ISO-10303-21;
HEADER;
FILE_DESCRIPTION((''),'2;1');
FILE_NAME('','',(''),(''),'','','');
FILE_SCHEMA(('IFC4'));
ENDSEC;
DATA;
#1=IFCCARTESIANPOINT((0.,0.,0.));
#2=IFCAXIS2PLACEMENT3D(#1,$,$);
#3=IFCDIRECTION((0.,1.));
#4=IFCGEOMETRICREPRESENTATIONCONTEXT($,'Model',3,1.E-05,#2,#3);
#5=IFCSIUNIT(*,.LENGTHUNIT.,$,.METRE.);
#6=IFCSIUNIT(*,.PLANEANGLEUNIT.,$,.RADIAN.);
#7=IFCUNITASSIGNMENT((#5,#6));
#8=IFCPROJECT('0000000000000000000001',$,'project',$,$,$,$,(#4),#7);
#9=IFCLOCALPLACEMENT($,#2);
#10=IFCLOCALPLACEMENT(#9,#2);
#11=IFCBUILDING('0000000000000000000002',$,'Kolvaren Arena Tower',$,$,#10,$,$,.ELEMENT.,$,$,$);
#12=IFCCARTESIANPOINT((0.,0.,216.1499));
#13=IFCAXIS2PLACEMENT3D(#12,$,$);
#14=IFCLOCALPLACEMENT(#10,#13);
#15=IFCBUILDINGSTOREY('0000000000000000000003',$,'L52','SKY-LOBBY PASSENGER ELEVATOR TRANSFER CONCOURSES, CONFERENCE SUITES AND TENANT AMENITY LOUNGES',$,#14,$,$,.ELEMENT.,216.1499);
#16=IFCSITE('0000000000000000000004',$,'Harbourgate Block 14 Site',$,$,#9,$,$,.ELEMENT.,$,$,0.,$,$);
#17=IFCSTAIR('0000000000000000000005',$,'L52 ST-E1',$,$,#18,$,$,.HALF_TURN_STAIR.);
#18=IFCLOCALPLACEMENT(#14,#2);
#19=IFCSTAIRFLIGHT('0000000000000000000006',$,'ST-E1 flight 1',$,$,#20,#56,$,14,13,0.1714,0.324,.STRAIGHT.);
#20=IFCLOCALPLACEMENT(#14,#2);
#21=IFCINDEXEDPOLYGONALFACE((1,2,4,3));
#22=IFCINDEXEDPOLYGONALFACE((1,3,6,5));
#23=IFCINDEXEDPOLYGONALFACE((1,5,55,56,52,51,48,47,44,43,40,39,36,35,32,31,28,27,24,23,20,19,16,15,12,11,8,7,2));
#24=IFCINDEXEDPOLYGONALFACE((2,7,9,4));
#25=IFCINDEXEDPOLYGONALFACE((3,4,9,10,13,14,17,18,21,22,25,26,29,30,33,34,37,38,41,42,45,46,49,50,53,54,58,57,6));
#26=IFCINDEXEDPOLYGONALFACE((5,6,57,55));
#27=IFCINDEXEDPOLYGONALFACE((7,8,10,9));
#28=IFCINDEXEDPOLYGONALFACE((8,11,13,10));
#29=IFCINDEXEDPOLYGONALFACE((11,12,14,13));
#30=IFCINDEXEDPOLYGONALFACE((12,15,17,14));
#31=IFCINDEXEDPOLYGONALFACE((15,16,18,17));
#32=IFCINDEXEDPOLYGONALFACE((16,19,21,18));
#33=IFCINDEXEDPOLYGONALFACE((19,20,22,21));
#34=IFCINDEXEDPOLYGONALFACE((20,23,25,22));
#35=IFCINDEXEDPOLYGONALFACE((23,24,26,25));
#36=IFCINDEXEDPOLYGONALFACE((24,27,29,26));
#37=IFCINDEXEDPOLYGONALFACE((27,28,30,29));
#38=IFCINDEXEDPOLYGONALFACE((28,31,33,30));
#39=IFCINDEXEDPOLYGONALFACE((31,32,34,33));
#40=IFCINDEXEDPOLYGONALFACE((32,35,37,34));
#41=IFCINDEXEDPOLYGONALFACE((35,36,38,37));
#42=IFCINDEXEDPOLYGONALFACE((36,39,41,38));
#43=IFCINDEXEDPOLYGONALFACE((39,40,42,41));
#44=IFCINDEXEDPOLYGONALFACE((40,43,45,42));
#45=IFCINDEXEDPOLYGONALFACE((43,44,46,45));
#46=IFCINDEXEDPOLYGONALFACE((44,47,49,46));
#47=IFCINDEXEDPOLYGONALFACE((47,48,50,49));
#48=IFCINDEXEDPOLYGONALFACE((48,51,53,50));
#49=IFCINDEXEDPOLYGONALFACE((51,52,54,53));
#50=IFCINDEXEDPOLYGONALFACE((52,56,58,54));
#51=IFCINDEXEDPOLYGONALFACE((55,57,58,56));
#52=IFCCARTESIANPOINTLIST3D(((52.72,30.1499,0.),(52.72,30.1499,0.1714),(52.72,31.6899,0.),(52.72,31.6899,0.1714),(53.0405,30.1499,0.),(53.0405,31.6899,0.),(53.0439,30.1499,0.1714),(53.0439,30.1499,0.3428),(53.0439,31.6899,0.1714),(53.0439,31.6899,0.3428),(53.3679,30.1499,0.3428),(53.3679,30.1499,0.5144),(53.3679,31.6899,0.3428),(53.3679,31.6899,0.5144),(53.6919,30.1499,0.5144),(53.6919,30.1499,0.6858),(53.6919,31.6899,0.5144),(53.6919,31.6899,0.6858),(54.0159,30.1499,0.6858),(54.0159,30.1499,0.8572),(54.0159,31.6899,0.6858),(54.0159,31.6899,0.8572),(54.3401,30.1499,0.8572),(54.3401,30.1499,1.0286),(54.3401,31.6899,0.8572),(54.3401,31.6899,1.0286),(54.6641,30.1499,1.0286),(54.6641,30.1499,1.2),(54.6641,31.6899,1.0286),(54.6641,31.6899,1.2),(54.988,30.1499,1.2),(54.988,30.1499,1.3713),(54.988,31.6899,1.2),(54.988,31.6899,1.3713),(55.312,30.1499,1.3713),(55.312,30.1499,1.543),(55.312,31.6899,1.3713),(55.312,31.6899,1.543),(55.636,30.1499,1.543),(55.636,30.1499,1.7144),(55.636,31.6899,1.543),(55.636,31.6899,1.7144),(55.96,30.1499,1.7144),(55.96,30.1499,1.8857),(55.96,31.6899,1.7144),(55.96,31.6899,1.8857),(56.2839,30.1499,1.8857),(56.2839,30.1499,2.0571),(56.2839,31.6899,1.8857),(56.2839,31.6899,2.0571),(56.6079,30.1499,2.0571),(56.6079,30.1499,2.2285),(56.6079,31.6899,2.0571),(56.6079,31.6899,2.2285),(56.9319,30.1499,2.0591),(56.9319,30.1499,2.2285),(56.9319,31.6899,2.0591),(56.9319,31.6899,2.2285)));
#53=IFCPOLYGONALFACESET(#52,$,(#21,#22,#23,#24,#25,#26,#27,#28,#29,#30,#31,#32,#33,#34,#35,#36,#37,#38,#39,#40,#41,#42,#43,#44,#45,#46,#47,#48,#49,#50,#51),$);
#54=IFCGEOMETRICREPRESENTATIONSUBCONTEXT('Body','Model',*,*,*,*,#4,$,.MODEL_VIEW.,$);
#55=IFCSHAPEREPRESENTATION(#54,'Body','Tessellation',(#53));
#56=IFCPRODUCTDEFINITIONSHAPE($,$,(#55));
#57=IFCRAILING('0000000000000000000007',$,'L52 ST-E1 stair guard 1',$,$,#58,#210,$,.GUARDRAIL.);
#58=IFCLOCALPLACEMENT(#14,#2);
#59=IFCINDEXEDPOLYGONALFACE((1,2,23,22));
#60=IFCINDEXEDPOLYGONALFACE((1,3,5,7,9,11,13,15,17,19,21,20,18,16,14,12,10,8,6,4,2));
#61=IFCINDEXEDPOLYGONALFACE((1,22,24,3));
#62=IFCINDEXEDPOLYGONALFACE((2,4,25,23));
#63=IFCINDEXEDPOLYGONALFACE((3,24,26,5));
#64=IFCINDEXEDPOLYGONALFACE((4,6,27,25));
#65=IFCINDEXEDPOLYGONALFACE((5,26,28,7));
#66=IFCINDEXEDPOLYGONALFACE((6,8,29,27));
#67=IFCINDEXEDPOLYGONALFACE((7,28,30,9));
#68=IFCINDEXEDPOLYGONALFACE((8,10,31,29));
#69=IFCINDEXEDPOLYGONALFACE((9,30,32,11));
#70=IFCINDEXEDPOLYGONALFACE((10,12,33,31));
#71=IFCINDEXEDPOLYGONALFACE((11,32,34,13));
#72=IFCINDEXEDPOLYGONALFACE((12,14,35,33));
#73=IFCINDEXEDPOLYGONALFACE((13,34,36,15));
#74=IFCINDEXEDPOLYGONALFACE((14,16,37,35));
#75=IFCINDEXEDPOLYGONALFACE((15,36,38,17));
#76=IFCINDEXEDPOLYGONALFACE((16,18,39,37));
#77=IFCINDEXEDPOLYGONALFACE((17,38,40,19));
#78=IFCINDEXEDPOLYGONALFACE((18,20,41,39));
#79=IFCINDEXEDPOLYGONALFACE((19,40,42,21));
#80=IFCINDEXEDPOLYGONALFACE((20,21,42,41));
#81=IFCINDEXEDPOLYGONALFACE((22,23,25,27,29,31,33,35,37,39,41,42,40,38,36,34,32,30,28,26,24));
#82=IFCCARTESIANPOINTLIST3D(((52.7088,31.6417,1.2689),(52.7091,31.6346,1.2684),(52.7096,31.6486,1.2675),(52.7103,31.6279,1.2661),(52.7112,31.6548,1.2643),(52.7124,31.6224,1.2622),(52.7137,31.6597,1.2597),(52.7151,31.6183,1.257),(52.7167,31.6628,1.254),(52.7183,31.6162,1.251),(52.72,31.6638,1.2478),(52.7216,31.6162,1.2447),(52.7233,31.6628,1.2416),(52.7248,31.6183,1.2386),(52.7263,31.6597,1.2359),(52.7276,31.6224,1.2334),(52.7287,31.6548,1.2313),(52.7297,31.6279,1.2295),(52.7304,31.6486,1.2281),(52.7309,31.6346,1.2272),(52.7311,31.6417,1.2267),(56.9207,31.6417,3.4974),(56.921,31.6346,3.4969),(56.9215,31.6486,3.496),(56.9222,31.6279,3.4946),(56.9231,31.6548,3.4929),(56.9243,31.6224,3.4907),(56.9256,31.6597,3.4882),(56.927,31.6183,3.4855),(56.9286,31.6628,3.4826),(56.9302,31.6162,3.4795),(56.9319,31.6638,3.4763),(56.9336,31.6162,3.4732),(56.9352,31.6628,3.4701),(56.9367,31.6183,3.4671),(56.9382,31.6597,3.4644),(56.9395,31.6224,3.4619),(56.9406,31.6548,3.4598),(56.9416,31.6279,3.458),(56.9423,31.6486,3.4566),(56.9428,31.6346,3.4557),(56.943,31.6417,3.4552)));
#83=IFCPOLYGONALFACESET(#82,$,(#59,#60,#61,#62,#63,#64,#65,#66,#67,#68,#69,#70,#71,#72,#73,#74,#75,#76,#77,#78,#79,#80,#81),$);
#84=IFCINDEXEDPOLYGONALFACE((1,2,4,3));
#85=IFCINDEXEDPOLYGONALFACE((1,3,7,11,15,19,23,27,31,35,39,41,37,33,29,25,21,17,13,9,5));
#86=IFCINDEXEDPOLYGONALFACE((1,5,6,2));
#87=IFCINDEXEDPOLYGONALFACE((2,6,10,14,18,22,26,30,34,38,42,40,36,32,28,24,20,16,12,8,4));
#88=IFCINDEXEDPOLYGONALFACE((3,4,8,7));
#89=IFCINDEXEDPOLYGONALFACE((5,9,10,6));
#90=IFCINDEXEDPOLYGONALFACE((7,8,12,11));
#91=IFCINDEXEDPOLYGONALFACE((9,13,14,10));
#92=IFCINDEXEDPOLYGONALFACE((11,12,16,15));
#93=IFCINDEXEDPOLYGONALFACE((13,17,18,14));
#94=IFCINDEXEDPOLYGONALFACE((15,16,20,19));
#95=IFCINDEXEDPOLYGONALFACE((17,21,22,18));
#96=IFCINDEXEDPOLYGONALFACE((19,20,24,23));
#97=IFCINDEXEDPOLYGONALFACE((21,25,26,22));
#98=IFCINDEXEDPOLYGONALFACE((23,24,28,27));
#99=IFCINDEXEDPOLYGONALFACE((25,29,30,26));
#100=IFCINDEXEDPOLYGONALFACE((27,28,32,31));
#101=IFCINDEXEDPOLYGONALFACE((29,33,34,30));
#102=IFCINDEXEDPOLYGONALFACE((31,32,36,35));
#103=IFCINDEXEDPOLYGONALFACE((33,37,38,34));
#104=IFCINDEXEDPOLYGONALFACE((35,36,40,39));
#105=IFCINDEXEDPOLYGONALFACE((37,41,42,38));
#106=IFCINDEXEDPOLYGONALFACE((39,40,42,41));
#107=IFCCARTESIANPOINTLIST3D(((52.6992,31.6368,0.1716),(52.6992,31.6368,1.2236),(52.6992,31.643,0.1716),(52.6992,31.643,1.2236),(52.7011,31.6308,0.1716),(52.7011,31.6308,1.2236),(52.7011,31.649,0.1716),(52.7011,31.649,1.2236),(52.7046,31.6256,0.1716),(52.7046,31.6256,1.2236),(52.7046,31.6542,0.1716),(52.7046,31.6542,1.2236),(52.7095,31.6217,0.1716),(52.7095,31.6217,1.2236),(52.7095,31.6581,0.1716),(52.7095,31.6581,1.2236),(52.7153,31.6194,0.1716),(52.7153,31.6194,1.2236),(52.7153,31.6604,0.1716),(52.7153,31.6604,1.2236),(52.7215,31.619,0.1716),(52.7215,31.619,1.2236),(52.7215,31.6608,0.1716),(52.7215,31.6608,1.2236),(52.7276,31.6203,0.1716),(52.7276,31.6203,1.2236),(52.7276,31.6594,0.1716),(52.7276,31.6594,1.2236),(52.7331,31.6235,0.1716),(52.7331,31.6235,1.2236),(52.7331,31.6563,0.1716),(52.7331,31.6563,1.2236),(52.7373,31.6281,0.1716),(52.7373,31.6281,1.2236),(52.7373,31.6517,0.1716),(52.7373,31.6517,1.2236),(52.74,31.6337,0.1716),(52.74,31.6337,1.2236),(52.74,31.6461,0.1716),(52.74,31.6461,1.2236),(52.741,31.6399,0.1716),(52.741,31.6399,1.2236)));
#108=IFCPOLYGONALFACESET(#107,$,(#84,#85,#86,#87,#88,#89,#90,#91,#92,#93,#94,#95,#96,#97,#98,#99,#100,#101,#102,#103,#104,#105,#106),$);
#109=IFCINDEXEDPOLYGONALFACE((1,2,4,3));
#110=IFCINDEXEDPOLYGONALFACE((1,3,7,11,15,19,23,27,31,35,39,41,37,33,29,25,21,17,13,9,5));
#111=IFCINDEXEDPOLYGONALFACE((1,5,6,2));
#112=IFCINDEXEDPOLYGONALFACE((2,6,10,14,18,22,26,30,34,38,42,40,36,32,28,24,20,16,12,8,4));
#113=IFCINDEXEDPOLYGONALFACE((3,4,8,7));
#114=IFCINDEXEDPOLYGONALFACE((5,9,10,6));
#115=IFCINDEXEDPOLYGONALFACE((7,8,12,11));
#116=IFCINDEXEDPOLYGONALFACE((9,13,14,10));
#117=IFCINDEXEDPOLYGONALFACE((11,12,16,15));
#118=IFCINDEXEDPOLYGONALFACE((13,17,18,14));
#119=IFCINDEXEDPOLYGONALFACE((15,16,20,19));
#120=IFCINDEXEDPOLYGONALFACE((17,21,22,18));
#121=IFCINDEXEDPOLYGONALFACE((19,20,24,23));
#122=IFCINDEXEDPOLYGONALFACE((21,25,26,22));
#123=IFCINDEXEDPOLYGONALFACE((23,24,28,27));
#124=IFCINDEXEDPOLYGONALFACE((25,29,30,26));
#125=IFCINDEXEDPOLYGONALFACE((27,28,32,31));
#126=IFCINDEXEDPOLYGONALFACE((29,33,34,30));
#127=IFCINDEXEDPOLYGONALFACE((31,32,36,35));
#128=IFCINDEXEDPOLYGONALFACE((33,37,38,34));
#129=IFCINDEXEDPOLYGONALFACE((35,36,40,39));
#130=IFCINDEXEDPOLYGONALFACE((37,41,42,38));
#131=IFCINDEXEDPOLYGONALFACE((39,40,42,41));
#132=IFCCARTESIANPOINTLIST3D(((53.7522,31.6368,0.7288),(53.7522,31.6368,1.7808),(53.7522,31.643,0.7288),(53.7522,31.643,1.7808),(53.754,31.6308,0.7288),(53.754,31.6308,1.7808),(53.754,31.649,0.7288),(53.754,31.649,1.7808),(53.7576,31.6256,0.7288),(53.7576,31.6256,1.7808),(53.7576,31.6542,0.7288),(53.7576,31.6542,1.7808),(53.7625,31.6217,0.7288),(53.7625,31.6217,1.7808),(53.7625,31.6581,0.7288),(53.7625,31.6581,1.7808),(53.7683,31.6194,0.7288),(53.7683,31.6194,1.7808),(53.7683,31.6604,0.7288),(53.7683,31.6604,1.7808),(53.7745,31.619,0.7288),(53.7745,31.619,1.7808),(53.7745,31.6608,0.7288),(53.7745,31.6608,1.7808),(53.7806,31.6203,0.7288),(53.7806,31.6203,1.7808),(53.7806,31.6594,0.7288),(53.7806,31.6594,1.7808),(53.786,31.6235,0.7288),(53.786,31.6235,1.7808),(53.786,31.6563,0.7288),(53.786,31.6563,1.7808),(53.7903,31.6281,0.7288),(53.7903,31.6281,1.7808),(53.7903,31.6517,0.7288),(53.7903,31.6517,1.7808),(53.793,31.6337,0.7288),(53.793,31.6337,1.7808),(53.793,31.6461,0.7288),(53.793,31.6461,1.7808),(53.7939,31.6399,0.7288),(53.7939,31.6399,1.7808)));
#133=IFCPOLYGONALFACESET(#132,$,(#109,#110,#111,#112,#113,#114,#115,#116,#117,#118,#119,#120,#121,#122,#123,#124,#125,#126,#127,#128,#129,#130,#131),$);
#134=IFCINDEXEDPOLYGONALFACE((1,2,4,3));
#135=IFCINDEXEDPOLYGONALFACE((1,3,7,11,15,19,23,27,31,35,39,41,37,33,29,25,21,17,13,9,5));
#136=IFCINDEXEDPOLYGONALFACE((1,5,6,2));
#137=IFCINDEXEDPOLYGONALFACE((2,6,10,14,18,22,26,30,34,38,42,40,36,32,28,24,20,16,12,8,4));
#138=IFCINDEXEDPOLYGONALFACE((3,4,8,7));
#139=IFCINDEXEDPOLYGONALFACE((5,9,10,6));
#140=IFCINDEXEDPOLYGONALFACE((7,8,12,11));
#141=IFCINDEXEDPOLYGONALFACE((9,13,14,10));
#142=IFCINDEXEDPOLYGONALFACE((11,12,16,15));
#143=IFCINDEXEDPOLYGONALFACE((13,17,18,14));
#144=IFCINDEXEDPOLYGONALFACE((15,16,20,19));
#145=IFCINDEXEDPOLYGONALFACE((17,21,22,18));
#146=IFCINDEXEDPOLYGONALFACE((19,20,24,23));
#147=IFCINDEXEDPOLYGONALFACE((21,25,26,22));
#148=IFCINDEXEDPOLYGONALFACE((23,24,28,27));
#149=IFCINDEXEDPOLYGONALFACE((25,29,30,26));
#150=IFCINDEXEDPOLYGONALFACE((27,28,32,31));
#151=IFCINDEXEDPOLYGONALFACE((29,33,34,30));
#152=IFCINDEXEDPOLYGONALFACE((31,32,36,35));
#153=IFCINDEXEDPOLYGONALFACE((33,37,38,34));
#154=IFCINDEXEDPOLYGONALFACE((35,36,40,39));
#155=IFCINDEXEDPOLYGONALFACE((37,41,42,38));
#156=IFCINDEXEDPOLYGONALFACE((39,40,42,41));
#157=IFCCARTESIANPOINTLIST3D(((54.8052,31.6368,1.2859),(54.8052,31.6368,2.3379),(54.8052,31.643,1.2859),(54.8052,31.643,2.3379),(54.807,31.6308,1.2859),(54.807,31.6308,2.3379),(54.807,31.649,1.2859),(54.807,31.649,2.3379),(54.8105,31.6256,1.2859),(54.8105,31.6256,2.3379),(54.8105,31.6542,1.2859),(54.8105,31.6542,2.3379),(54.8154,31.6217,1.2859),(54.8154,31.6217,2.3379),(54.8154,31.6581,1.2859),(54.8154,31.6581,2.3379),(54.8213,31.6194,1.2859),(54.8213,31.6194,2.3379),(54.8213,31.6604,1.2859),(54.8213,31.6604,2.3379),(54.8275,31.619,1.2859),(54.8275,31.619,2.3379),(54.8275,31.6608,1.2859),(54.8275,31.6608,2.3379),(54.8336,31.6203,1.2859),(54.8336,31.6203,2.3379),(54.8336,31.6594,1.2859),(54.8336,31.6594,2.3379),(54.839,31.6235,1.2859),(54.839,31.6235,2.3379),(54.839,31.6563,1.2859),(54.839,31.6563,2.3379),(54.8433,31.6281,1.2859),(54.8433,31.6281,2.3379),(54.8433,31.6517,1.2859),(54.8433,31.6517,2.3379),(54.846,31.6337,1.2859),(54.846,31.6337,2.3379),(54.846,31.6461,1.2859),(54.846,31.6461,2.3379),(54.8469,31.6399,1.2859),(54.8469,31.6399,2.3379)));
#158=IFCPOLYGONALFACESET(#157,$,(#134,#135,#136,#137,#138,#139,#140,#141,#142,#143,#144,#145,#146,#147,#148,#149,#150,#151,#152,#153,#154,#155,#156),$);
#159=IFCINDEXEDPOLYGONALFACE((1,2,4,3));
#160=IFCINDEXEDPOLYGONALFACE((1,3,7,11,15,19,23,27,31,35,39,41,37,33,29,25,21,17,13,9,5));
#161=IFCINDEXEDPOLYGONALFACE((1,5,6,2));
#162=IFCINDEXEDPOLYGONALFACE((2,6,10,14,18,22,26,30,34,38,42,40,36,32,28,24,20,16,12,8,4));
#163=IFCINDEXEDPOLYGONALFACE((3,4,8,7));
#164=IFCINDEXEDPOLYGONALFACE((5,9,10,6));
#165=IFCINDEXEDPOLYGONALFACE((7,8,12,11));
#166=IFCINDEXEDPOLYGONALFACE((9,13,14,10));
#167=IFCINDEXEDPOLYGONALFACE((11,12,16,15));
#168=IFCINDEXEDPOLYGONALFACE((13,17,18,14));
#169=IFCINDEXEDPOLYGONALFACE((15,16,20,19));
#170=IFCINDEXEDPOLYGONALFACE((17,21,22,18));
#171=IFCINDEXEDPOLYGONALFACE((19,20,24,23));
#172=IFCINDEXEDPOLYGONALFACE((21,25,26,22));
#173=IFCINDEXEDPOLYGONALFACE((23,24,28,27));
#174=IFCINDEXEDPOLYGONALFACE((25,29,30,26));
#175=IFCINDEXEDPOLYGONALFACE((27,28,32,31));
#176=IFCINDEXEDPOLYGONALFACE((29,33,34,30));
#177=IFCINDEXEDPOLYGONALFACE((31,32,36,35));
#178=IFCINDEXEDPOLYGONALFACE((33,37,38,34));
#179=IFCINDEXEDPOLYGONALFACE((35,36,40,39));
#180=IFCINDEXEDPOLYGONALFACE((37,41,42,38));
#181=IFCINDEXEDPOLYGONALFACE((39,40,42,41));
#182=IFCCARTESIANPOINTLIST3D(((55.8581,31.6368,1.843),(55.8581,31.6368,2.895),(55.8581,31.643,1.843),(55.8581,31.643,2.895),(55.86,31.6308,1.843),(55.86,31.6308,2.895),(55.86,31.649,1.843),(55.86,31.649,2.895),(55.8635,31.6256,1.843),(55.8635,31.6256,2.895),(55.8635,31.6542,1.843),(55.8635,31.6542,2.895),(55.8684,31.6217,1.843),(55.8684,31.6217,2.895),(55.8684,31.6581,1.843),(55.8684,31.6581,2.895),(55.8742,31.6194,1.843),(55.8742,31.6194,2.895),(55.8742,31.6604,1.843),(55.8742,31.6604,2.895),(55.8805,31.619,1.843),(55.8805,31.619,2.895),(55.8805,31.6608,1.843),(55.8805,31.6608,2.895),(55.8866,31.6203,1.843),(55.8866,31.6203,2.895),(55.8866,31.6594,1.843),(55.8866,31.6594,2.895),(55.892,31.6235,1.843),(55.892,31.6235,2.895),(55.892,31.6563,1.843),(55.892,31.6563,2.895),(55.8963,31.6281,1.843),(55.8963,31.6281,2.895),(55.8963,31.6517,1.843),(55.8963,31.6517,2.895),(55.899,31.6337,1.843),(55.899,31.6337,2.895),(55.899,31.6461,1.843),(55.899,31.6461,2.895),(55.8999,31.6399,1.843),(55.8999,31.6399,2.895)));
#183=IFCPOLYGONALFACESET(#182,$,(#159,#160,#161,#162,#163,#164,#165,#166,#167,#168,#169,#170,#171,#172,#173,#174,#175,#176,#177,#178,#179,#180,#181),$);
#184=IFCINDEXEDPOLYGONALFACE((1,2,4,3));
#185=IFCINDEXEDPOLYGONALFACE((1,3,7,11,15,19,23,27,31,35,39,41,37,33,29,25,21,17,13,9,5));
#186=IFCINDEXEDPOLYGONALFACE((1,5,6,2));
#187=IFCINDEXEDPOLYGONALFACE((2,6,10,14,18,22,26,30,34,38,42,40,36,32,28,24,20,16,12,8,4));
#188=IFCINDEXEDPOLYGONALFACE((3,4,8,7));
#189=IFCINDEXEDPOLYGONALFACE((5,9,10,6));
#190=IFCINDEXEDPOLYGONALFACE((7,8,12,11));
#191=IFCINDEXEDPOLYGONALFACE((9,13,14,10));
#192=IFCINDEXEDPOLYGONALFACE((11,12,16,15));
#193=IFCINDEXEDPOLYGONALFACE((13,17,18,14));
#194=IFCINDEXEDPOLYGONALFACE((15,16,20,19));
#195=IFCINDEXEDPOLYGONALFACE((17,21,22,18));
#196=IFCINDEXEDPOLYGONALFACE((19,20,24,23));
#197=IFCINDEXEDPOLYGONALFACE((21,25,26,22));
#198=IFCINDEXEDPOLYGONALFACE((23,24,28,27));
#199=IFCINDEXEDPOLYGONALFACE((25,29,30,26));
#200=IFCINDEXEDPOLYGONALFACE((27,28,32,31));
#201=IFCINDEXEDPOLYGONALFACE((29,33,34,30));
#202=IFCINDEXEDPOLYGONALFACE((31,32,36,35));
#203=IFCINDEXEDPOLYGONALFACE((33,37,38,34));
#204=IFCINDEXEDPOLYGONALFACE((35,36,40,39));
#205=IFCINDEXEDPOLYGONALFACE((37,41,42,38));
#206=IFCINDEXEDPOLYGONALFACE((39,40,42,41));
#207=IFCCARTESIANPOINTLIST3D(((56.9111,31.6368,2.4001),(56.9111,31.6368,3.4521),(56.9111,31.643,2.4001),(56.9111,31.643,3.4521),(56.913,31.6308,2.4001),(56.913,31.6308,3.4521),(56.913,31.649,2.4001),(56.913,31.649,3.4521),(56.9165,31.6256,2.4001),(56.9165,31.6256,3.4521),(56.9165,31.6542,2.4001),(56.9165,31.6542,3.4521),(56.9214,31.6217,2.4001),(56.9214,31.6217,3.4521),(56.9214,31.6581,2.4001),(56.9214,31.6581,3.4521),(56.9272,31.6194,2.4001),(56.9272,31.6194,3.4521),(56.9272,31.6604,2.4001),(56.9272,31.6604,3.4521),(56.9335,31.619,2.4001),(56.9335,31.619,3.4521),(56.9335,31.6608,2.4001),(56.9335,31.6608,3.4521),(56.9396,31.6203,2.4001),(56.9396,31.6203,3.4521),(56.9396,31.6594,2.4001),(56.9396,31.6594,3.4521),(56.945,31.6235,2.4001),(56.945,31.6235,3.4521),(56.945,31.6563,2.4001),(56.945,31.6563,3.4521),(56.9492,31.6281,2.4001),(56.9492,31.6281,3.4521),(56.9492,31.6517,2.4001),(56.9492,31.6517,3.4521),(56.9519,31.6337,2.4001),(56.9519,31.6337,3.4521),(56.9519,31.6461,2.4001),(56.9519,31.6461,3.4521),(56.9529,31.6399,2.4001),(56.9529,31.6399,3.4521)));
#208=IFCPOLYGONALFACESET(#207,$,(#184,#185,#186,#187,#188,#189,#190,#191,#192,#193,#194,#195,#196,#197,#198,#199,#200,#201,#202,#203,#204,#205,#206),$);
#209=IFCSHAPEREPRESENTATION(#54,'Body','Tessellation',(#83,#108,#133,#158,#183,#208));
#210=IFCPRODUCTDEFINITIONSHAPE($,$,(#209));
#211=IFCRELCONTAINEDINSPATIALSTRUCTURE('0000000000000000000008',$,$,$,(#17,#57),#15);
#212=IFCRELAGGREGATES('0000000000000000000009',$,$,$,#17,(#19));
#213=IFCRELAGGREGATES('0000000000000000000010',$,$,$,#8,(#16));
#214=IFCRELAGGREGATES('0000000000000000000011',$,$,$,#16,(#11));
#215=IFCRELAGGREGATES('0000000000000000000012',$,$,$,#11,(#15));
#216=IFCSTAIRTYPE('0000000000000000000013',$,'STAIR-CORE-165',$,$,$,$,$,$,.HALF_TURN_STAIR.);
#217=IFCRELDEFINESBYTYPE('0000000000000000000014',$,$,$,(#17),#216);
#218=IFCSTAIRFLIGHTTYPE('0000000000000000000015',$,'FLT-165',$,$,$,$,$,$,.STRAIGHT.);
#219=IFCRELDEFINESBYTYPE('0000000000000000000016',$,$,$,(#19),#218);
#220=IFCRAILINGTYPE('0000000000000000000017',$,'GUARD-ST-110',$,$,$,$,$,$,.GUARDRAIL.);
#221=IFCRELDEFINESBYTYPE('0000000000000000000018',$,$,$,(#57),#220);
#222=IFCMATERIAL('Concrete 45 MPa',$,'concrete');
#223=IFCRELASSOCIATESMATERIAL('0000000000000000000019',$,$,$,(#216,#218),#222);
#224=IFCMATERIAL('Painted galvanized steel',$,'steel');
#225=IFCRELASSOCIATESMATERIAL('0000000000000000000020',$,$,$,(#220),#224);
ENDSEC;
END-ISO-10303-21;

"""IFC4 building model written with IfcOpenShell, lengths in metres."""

from ifc_helpers import new_model, si_unit, direction, frame, origin, origin_2d, place, context, subcontext, project, spatial, polyline, circle, outline, extrude, material, type_object, element, aggregate, save


model = new_model("IFC4")

# Units and contexts
model_context = context("Model", 3, precision=1e-05, world=origin(), true_north=direction((0.0, 1.0)))
body_context = subcontext(model_context, "Body", "Model", "MODEL_VIEW")
ifc_project = project(units=[si_unit("LENGTHUNIT", "METRE"), si_unit("PLANEANGLEUNIT", "RADIAN")], contexts=[model_context])

# Site, building, storey
site_placement = place(None, origin())
site = spatial("IfcSite", under=ifc_project, at=site_placement, Name="Harbourgate Block 14 Site", CompositionType="ELEMENT", RefElevation=0.0)
building_placement = place(site_placement, origin())
building = spatial("IfcBuilding", under=site, at=building_placement, Name="Kolvaren Arena Tower", CompositionType="ELEMENT")
storey_placement = place(building_placement, frame((0.0, 0.0, 216.1499)))
storey = spatial("IfcBuildingStorey", under=building, at=storey_placement, Name="L52", Description="SKY-LOBBY PASSENGER ELEVATOR TRANSFER CONCOURSES, CONFERENCE SUITES AND TENANT AMENITY LOUNGES", CompositionType="ELEMENT", Elevation=216.1499)

# Shared definitions
ifc_material_1 = material(Name="Concrete 45 MPa", Category="concrete")

# Stair, stair flight
stair_type = type_object("IfcStairType", Name="STAIR-CORE-165", PredefinedType="HALF_TURN_STAIR", material=ifc_material_1)
stair_placement = place(storey_placement, origin())
stair = element("IfcStair", 1, at=stair_placement, inside=storey, type_object=stair_type, Name="L52 ST-E1", PredefinedType="HALF_TURN_STAIR")
stair_flight_type = type_object("IfcStairFlightType", Name="FLT-165", PredefinedType="STRAIGHT", material=ifc_material_1)
stair_flight_placement = place(storey_placement, frame((52.72, 30.9199, 0.0), z_axis=(0.0, 0.0, 1.0), x_axis=(1.0, 0.0, 0.0)))
stair_flight = element("IfcStairFlight", 2, at=stair_flight_placement, type_object=stair_flight_type, Name="ST-E1 flight 1", NumberOfRisers=14, NumberOfTreads=13, PredefinedType="STRAIGHT", RiserHeight=0.1714, TreadLength=0.324, context=body_context, shape_type="SweptSolid", body=[
    extrude(outline(polyline([(0.0, 0.0), (0.0, 0.1714), (0.324, 0.1714), (0.324, 0.3428), (0.6479, 0.3428), (0.6479, 0.5144), (0.9719, 0.5144), (0.9719, 0.6858), (1.2959, 0.6858), (1.2959, 0.8572), (1.6201, 0.8572), (1.6201, 1.0286), (1.9441, 1.0286), (1.9441, 1.2), (2.2681, 1.2), (2.2681, 1.3713), (2.592, 1.3713), (2.592, 1.543), (2.916, 1.543), (2.916, 1.7144), (3.24, 1.7144), (3.24, 1.8857), (3.564, 1.8857), (3.564, 2.0571), (3.8879, 2.0571), (3.8879, 2.2285), (4.2119, 2.2285), (4.2119, 2.3999), (4.2119, 2.0591), (0.3206, 0.0), (0.0, 0.0)])), frame((0.0, 0.77, 0.0), z_axis=(0.0, -1.0, 0.0), x_axis=(1.0, 0.0, 0.0)), (0.0, 0.0, 1.0), 1.54),
])
aggregate(stair, [stair_flight])

# Railing
ifc_material_2 = material(Name="Painted galvanized steel", Category="steel")
railing_type_1 = type_object("IfcRailingType", Name="GUARD-ST-110", PredefinedType="GUARDRAIL", material=ifc_material_2)
railing_1_placement = place(storey_placement, frame((52.72, 31.6399, 0.1716)))
element("IfcRailing", 3, at=railing_1_placement, inside=storey, type_object=railing_type_1, Name="L52 ST-E1 stair guard 1", PredefinedType="GUARDRAIL", context=body_context, shape_type="SweptSolid", body=[
    extrude(circle(Radius=0.0239, at=origin_2d()), frame((0.0, 0.0, 1.0762), z_axis=(0.883903, 0.0, 0.467671), x_axis=(0.0, 1.0, 0.0)), (0.0, 0.0, 1.0), 4.7651),
    extrude(circle(Radius=0.021, at=origin_2d()), origin(), (0.0, 0.0, 1.0), 1.052),
    extrude(circle(Radius=0.021, at=origin_2d()), frame((1.053, 0.0, 0.5571)), (0.0, 0.0, 1.0), 1.052),
    extrude(circle(Radius=0.021, at=origin_2d()), frame((2.106, 0.0, 1.1143)), (0.0, 0.0, 1.0), 1.052),
    extrude(circle(Radius=0.021, at=origin_2d()), frame((3.1589, 0.0, 1.6714)), (0.0, 0.0, 1.0), 1.052),
    extrude(circle(Radius=0.021, at=origin_2d()), frame((4.2119, 0.0, 2.2285)), (0.0, 0.0, 1.0), 1.052),
])

save(model, "model.ifc")
